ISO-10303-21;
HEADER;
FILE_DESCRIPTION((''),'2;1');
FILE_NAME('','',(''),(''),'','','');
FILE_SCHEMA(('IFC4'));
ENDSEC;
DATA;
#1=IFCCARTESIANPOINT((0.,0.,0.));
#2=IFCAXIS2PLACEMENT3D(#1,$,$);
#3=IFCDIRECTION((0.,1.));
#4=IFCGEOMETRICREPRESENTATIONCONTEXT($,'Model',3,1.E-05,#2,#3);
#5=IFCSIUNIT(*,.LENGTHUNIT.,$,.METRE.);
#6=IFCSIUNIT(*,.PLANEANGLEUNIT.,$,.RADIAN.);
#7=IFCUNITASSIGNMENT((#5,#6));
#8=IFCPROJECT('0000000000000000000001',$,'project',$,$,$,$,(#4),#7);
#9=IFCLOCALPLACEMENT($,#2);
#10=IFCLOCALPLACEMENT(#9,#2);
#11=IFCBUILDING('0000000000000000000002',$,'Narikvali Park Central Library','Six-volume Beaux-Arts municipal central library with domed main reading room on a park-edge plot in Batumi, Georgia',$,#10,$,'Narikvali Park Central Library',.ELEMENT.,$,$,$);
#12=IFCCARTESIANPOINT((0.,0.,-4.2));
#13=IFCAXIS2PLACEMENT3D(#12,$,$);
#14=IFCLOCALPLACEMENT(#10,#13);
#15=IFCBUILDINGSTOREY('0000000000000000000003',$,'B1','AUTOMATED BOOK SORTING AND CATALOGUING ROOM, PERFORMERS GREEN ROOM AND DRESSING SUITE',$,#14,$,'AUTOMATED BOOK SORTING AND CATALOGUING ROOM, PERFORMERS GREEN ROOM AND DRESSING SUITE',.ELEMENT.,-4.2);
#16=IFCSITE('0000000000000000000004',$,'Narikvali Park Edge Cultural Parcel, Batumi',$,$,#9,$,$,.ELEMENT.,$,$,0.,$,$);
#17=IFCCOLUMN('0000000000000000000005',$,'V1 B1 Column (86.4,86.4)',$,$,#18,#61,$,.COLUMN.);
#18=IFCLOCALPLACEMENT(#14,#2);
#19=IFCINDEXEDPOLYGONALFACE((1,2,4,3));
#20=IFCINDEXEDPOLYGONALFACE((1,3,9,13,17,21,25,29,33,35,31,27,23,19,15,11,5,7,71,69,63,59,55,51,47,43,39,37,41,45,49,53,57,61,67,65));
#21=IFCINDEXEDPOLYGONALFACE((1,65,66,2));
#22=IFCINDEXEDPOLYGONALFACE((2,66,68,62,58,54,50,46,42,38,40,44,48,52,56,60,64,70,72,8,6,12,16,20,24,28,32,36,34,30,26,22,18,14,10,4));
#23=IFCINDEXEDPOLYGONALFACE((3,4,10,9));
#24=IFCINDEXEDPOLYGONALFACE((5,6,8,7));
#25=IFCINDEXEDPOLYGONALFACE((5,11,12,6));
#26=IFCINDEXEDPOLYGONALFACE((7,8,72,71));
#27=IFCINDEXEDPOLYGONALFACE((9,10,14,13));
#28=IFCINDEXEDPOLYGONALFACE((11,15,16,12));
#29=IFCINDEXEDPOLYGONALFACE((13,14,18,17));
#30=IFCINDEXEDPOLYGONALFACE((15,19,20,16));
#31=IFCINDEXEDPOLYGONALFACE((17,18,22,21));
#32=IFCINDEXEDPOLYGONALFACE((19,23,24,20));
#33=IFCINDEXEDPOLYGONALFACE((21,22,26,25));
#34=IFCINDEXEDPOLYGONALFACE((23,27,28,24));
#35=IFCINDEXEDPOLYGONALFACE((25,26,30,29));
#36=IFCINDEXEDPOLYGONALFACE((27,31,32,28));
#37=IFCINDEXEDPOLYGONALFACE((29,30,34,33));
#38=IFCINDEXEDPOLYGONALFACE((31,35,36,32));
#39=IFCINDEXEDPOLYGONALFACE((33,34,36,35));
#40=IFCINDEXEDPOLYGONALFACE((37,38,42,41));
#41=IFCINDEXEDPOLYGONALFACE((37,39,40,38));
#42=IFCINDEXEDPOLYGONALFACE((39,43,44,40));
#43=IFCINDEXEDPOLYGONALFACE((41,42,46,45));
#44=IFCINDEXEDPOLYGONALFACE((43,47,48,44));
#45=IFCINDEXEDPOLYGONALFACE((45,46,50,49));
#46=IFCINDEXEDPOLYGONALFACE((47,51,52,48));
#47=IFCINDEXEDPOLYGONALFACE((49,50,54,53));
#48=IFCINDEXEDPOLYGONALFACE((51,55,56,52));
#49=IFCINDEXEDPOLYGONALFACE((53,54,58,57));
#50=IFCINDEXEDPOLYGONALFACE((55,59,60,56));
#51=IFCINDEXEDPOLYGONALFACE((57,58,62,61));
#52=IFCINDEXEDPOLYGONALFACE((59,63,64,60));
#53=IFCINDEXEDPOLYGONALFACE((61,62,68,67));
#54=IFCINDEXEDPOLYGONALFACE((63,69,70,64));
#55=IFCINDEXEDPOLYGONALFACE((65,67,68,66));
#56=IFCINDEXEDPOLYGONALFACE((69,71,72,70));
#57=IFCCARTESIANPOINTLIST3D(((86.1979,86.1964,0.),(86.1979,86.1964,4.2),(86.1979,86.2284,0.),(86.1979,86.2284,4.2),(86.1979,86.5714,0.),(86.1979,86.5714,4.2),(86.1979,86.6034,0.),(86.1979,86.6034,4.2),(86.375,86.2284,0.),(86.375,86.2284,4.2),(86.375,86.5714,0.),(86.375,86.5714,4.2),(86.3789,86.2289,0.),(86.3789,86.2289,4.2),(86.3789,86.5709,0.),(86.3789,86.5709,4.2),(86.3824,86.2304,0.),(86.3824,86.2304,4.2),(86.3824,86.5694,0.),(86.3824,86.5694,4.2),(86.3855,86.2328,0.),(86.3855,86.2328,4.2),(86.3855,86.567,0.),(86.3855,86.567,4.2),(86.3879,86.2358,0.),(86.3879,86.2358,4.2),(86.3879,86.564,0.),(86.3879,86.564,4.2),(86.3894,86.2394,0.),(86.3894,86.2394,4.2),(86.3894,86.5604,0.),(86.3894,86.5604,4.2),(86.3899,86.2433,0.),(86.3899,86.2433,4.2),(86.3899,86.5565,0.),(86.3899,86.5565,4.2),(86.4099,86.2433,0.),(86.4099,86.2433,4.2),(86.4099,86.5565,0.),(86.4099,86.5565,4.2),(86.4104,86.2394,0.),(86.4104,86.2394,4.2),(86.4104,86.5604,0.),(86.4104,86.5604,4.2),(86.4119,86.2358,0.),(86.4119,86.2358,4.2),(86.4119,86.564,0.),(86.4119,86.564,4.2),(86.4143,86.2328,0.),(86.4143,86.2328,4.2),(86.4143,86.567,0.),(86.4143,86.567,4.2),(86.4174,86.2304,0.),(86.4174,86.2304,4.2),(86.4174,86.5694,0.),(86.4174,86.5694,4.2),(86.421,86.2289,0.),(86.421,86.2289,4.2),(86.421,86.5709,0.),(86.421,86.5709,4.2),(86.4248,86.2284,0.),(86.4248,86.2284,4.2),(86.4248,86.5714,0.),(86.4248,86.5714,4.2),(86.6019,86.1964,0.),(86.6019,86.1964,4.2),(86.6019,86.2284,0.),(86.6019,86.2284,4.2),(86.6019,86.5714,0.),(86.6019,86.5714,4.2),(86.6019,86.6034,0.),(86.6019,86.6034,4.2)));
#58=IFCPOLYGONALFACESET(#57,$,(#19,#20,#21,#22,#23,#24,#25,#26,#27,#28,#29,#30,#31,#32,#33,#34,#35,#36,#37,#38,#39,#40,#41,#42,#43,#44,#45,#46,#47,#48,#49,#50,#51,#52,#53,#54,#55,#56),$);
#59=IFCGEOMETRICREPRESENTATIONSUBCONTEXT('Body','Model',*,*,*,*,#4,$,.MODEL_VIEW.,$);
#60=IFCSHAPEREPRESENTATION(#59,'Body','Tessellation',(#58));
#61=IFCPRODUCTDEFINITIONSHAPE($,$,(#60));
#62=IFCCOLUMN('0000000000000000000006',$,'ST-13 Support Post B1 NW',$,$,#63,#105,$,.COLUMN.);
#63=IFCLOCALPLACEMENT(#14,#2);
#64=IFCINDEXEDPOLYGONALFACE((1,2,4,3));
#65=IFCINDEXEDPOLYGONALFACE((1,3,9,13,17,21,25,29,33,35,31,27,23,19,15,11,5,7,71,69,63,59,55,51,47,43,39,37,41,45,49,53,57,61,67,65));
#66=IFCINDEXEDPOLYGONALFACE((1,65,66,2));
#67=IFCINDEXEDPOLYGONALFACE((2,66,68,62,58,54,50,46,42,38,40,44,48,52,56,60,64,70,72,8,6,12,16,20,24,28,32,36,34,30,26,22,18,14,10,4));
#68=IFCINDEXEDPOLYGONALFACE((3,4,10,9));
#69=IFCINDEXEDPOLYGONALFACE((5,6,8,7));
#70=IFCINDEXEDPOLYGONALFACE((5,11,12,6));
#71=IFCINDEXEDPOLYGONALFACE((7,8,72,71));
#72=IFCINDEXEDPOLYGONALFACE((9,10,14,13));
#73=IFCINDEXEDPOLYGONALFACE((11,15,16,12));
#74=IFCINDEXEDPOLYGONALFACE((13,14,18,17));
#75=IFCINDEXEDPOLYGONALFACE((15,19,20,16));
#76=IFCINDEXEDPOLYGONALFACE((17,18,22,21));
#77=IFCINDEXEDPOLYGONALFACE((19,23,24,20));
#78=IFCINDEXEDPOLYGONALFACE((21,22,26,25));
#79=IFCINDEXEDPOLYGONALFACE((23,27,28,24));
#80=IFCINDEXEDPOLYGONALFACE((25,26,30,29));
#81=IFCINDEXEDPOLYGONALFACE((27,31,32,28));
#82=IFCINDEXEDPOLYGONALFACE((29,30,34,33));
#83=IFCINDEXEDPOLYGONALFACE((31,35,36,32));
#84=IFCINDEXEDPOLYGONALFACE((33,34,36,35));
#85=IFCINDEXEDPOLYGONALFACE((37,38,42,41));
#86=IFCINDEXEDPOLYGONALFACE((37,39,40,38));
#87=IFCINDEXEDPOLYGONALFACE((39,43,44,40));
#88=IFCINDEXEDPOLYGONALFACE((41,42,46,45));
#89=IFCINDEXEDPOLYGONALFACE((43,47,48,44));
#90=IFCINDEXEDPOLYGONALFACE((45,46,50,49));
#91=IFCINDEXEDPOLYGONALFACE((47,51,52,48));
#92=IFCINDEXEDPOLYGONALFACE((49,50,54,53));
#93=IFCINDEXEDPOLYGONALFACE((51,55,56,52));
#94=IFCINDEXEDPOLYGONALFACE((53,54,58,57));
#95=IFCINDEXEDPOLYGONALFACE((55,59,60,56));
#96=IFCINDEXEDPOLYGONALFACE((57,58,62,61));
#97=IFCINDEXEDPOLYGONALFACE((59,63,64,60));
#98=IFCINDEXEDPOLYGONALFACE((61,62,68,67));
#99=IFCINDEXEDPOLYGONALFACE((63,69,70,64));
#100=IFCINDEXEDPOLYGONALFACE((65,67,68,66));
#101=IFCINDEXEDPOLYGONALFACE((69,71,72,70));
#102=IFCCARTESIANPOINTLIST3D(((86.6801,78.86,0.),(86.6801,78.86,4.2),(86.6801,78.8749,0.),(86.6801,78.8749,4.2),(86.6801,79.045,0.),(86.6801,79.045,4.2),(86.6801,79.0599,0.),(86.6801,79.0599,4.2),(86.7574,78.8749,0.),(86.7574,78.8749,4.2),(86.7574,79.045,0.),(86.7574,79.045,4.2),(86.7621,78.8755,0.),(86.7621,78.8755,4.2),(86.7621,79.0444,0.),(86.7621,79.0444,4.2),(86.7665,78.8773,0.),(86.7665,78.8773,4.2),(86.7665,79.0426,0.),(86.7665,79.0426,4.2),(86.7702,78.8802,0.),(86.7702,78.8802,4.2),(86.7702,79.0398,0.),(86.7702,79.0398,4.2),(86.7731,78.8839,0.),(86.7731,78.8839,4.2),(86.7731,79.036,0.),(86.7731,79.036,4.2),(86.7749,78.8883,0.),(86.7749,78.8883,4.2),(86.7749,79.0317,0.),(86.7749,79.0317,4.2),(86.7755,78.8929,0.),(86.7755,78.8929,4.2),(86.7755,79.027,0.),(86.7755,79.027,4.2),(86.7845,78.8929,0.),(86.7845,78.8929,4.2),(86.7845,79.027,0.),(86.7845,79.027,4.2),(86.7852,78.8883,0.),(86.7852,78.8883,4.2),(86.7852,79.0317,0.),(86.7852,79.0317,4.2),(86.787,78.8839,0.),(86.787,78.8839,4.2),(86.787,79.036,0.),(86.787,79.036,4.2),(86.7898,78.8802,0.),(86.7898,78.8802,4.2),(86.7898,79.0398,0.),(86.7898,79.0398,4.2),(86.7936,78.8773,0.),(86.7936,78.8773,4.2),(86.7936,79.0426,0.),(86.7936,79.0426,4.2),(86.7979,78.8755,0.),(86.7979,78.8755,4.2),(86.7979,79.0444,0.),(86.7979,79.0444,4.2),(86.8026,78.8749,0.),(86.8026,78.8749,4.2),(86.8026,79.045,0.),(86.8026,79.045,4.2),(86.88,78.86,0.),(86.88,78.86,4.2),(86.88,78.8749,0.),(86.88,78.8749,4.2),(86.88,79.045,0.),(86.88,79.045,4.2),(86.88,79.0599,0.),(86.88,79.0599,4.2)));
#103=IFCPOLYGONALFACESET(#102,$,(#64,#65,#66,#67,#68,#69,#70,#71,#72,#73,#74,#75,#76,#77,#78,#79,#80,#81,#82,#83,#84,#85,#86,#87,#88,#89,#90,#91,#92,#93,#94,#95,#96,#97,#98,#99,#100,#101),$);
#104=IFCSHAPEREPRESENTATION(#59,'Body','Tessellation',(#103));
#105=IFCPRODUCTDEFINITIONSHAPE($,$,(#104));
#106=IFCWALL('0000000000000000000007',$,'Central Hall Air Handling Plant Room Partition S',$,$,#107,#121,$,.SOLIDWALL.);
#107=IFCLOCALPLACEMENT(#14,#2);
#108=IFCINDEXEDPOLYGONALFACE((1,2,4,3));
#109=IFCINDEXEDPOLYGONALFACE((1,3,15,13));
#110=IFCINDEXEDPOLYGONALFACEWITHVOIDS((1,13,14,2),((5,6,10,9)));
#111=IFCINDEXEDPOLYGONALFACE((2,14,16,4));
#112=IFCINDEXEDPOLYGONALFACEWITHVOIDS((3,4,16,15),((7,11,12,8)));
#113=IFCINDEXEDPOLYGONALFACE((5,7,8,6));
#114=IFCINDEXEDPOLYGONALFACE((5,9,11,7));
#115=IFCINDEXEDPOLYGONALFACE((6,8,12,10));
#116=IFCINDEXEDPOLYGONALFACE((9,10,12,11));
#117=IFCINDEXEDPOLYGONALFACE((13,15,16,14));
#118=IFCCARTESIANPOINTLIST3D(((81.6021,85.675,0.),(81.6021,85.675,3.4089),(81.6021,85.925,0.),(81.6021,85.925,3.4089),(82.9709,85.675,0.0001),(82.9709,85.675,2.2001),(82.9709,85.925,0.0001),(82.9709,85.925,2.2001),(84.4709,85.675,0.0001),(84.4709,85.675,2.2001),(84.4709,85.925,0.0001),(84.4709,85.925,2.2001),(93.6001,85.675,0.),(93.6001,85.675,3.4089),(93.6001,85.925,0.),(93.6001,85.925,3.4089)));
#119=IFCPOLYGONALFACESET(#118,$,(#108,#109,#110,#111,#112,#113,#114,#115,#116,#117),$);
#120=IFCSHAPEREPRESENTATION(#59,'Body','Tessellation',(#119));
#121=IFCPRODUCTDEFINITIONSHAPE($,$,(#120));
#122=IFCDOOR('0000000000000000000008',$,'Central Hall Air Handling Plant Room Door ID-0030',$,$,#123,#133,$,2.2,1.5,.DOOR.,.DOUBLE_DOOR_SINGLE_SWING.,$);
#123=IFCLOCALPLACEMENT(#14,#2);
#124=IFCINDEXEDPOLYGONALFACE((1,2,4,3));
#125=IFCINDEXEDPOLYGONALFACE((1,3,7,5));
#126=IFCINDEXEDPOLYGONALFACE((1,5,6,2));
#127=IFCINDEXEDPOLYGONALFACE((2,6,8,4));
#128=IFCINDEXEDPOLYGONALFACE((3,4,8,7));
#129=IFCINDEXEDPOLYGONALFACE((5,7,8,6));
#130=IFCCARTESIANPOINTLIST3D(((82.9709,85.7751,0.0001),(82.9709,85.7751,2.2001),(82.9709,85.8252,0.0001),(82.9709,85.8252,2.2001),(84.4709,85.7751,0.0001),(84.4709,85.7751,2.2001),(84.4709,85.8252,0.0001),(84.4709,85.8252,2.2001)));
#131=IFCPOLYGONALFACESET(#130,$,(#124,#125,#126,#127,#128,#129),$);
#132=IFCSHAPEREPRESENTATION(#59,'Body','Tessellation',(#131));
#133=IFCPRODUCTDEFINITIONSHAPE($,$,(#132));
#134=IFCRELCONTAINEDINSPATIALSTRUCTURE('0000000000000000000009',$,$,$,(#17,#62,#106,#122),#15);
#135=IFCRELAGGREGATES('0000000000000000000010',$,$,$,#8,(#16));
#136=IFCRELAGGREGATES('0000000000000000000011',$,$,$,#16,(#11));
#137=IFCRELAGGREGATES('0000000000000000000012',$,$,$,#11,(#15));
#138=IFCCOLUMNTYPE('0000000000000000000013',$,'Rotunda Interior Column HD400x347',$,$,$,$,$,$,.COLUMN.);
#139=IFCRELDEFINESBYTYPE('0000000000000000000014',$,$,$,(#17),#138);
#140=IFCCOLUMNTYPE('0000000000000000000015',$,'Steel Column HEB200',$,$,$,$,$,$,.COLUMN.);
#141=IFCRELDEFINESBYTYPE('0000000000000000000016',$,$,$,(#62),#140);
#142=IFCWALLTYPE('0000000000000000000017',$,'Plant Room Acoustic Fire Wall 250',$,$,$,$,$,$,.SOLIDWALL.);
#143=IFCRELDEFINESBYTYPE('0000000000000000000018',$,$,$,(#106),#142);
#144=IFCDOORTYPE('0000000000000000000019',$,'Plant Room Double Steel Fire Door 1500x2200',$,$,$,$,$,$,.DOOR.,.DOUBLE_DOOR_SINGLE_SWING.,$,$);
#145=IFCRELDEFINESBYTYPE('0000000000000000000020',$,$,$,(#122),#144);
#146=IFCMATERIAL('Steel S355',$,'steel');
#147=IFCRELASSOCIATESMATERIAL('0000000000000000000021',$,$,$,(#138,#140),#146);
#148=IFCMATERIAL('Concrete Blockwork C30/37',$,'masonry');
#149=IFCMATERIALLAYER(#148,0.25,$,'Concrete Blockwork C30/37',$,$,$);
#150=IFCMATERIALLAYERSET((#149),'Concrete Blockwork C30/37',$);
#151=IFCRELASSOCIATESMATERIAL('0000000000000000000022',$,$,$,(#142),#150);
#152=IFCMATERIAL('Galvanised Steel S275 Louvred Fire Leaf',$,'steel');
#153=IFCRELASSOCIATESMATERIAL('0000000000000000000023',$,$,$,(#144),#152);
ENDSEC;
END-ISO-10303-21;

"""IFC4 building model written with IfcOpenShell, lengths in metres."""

from ifc_helpers import new_model, si_unit, direction, frame, frame_2d, origin, origin_2d, place, context, subcontext, project, spatial, rectangle, i_section, extrude, material, layer, layer_set, material_profile, profile_set, type_object, element, fill, save


model = new_model("IFC4")

# Units and contexts
model_context = context("Model", 3, precision=1e-05, world=origin(), true_north=direction((0.0, 1.0)))
body_context = subcontext(model_context, "Body", "Model", "MODEL_VIEW")
ifc_project = project(units=[si_unit("LENGTHUNIT", "METRE"), si_unit("PLANEANGLEUNIT", "RADIAN")], contexts=[model_context])

# Site, building, storey
site_placement = place(None, origin())
site = spatial("IfcSite", under=ifc_project, at=site_placement, Name="Narikvali Park Edge Cultural Parcel, Batumi", CompositionType="ELEMENT", RefElevation=0.0)
building_placement = place(site_placement, origin())
building = spatial("IfcBuilding", under=site, at=building_placement, Name="Narikvali Park Central Library", Description="Six-volume Beaux-Arts municipal central library with domed main reading room on a park-edge plot in Batumi, Georgia", LongName="Narikvali Park Central Library", CompositionType="ELEMENT")
storey_placement = place(building_placement, frame((0.0, 0.0, -4.2)))
storey = spatial("IfcBuildingStorey", under=building, at=storey_placement, Name="B1", Description="AUTOMATED BOOK SORTING AND CATALOGUING ROOM, PERFORMERS GREEN ROOM AND DRESSING SUITE", LongName="AUTOMATED BOOK SORTING AND CATALOGUING ROOM, PERFORMERS GREEN ROOM AND DRESSING SUITE", CompositionType="ELEMENT", Elevation=-4.2)

# Columns
ifc_material_1 = material(Name="Steel S355", Category="steel")
ifc_material_profile_1 = material_profile(ifc_material_1, i_section(OverallWidth=0.4041, OverallDepth=0.407, WebThickness=0.02, FlangeThickness=0.032, FilletRadius=0.0149, at=origin_2d()), Name="HD 400x347")
ifc_profile_set_1 = profile_set([ifc_material_profile_1], Name="Steel S355")
column_type_1 = type_object("IfcColumnType", Name="Rotunda Interior Column HD400x347", PredefinedType="COLUMN", material=ifc_profile_set_1)
for number, where, z_axis, x_axis, name in (
    (1, (86.3999, 86.3999, 0.0), (0.0, 0.0, 1.0), (1.0, 0.0, 0.0), "V1 B1 Column (86.4,86.4)"),
):
    element("IfcColumn", number, at=place(storey_placement, frame(where, z_axis=z_axis, x_axis=x_axis)), inside=storey, type_object=column_type_1, Name=name, PredefinedType="COLUMN", context=body_context, shape_type="SweptSolid", body=[
        extrude(i_section(OverallWidth=0.4041, OverallDepth=0.407, WebThickness=0.02, FlangeThickness=0.032, FilletRadius=0.0149, at=origin_2d()), origin(), (0.0, 0.0, 1.0), 4.2),
    ])
ifc_material_profile_2 = material_profile(ifc_material_1, i_section(OverallWidth=0.2, OverallDepth=0.2, WebThickness=0.009, FlangeThickness=0.0149, FilletRadius=0.0181, at=origin_2d()), Name="HEB 200")
ifc_profile_set_2 = profile_set([ifc_material_profile_2], Name="Steel S355")
column_type_2 = type_object("IfcColumnType", Name="Steel Column HEB200", PredefinedType="COLUMN", material=ifc_profile_set_2)
column_placement = place(storey_placement, frame((86.78, 78.96, 0.0), z_axis=(0.0, 0.0, 1.0), x_axis=(1.0, 0.0, 0.0)))
element("IfcColumn", 2, at=column_placement, inside=storey, type_object=column_type_2, Name="ST-13 Support Post B1 NW", PredefinedType="COLUMN", context=body_context, shape_type="SweptSolid", body=[
    extrude(i_section(OverallWidth=0.2, OverallDepth=0.2, WebThickness=0.009, FlangeThickness=0.0149, FilletRadius=0.0181, at=origin_2d()), origin(), (0.0, 0.0, 1.0), 4.2),
])

# Wall, opening, door
ifc_material_2 = material(Name="Concrete Blockwork C30/37", Category="masonry")
ifc_layer_1 = layer(ifc_material_2, 0.25, Name="Concrete Blockwork C30/37")
ifc_layer_set_1 = layer_set([ifc_layer_1], Name="Concrete Blockwork C30/37")
wall_type = type_object("IfcWallType", Name="Plant Room Acoustic Fire Wall 250", PredefinedType="SOLIDWALL", material=ifc_layer_set_1)
wall_placement = place(storey_placement, frame((81.6021, 85.8, 0.0), z_axis=(0.0, 0.0, 1.0), x_axis=(1.0, 0.0, 0.0)))
wall = element("IfcWall", 3, at=wall_placement, inside=storey, type_object=wall_type, Name="Central Hall Air Handling Plant Room Partition S", PredefinedType="SOLIDWALL", context=body_context, shape_type="SweptSolid", body=[
    extrude(rectangle(XDim=11.998, YDim=0.25, at=frame_2d((5.999, 0.0))), origin(), (0.0, 0.0, 1.0), 3.4089),
])
opening_placement = place(wall_placement, frame((1.3689, 0.0, 0.0)))
opening = element("IfcOpeningElement", 4, at=opening_placement, cuts=wall, PredefinedType="OPENING", context=body_context, shape_type="SweptSolid", body=[
    extrude(rectangle(XDim=1.5, YDim=2.2, at=frame_2d((0.75, 1.1001))), frame((0.0, 0.137, 0.0), z_axis=(0.0, -1.0, 0.0), x_axis=(1.0, 0.0, 0.0)), (0.0, 0.0, 1.0), 0.2739),
])
ifc_material_3 = material(Name="Galvanised Steel S275 Louvred Fire Leaf", Category="steel")
door_type = type_object("IfcDoorType", Name="Plant Room Double Steel Fire Door 1500x2200", OperationType="DOUBLE_DOOR_SINGLE_SWING", PredefinedType="DOOR", material=ifc_material_3)
door_placement = place(opening_placement, frame((1.5, 0.0, 0.0), z_axis=(0.0, 0.0, 1.0), x_axis=(-1.0, 0.0, 0.0)))
door = element("IfcDoor", 5, at=door_placement, inside=storey, type_object=door_type, Name="Central Hall Air Handling Plant Room Door ID-0030", OperationType="DOUBLE_DOOR_SINGLE_SWING", OverallHeight=2.2, OverallWidth=1.5, PredefinedType="DOOR", context=body_context, shape_type="SweptSolid", body=[
    extrude(rectangle(XDim=1.5, YDim=2.2, at=frame_2d((0.75, 1.1001))), frame((0.0, 0.0249, 0.0), z_axis=(0.0, -1.0, 0.0), x_axis=(1.0, 0.0, 0.0)), (0.0, 0.0, 1.0), 0.05),
])
fill(opening, door)

save(model, "model.ifc")
